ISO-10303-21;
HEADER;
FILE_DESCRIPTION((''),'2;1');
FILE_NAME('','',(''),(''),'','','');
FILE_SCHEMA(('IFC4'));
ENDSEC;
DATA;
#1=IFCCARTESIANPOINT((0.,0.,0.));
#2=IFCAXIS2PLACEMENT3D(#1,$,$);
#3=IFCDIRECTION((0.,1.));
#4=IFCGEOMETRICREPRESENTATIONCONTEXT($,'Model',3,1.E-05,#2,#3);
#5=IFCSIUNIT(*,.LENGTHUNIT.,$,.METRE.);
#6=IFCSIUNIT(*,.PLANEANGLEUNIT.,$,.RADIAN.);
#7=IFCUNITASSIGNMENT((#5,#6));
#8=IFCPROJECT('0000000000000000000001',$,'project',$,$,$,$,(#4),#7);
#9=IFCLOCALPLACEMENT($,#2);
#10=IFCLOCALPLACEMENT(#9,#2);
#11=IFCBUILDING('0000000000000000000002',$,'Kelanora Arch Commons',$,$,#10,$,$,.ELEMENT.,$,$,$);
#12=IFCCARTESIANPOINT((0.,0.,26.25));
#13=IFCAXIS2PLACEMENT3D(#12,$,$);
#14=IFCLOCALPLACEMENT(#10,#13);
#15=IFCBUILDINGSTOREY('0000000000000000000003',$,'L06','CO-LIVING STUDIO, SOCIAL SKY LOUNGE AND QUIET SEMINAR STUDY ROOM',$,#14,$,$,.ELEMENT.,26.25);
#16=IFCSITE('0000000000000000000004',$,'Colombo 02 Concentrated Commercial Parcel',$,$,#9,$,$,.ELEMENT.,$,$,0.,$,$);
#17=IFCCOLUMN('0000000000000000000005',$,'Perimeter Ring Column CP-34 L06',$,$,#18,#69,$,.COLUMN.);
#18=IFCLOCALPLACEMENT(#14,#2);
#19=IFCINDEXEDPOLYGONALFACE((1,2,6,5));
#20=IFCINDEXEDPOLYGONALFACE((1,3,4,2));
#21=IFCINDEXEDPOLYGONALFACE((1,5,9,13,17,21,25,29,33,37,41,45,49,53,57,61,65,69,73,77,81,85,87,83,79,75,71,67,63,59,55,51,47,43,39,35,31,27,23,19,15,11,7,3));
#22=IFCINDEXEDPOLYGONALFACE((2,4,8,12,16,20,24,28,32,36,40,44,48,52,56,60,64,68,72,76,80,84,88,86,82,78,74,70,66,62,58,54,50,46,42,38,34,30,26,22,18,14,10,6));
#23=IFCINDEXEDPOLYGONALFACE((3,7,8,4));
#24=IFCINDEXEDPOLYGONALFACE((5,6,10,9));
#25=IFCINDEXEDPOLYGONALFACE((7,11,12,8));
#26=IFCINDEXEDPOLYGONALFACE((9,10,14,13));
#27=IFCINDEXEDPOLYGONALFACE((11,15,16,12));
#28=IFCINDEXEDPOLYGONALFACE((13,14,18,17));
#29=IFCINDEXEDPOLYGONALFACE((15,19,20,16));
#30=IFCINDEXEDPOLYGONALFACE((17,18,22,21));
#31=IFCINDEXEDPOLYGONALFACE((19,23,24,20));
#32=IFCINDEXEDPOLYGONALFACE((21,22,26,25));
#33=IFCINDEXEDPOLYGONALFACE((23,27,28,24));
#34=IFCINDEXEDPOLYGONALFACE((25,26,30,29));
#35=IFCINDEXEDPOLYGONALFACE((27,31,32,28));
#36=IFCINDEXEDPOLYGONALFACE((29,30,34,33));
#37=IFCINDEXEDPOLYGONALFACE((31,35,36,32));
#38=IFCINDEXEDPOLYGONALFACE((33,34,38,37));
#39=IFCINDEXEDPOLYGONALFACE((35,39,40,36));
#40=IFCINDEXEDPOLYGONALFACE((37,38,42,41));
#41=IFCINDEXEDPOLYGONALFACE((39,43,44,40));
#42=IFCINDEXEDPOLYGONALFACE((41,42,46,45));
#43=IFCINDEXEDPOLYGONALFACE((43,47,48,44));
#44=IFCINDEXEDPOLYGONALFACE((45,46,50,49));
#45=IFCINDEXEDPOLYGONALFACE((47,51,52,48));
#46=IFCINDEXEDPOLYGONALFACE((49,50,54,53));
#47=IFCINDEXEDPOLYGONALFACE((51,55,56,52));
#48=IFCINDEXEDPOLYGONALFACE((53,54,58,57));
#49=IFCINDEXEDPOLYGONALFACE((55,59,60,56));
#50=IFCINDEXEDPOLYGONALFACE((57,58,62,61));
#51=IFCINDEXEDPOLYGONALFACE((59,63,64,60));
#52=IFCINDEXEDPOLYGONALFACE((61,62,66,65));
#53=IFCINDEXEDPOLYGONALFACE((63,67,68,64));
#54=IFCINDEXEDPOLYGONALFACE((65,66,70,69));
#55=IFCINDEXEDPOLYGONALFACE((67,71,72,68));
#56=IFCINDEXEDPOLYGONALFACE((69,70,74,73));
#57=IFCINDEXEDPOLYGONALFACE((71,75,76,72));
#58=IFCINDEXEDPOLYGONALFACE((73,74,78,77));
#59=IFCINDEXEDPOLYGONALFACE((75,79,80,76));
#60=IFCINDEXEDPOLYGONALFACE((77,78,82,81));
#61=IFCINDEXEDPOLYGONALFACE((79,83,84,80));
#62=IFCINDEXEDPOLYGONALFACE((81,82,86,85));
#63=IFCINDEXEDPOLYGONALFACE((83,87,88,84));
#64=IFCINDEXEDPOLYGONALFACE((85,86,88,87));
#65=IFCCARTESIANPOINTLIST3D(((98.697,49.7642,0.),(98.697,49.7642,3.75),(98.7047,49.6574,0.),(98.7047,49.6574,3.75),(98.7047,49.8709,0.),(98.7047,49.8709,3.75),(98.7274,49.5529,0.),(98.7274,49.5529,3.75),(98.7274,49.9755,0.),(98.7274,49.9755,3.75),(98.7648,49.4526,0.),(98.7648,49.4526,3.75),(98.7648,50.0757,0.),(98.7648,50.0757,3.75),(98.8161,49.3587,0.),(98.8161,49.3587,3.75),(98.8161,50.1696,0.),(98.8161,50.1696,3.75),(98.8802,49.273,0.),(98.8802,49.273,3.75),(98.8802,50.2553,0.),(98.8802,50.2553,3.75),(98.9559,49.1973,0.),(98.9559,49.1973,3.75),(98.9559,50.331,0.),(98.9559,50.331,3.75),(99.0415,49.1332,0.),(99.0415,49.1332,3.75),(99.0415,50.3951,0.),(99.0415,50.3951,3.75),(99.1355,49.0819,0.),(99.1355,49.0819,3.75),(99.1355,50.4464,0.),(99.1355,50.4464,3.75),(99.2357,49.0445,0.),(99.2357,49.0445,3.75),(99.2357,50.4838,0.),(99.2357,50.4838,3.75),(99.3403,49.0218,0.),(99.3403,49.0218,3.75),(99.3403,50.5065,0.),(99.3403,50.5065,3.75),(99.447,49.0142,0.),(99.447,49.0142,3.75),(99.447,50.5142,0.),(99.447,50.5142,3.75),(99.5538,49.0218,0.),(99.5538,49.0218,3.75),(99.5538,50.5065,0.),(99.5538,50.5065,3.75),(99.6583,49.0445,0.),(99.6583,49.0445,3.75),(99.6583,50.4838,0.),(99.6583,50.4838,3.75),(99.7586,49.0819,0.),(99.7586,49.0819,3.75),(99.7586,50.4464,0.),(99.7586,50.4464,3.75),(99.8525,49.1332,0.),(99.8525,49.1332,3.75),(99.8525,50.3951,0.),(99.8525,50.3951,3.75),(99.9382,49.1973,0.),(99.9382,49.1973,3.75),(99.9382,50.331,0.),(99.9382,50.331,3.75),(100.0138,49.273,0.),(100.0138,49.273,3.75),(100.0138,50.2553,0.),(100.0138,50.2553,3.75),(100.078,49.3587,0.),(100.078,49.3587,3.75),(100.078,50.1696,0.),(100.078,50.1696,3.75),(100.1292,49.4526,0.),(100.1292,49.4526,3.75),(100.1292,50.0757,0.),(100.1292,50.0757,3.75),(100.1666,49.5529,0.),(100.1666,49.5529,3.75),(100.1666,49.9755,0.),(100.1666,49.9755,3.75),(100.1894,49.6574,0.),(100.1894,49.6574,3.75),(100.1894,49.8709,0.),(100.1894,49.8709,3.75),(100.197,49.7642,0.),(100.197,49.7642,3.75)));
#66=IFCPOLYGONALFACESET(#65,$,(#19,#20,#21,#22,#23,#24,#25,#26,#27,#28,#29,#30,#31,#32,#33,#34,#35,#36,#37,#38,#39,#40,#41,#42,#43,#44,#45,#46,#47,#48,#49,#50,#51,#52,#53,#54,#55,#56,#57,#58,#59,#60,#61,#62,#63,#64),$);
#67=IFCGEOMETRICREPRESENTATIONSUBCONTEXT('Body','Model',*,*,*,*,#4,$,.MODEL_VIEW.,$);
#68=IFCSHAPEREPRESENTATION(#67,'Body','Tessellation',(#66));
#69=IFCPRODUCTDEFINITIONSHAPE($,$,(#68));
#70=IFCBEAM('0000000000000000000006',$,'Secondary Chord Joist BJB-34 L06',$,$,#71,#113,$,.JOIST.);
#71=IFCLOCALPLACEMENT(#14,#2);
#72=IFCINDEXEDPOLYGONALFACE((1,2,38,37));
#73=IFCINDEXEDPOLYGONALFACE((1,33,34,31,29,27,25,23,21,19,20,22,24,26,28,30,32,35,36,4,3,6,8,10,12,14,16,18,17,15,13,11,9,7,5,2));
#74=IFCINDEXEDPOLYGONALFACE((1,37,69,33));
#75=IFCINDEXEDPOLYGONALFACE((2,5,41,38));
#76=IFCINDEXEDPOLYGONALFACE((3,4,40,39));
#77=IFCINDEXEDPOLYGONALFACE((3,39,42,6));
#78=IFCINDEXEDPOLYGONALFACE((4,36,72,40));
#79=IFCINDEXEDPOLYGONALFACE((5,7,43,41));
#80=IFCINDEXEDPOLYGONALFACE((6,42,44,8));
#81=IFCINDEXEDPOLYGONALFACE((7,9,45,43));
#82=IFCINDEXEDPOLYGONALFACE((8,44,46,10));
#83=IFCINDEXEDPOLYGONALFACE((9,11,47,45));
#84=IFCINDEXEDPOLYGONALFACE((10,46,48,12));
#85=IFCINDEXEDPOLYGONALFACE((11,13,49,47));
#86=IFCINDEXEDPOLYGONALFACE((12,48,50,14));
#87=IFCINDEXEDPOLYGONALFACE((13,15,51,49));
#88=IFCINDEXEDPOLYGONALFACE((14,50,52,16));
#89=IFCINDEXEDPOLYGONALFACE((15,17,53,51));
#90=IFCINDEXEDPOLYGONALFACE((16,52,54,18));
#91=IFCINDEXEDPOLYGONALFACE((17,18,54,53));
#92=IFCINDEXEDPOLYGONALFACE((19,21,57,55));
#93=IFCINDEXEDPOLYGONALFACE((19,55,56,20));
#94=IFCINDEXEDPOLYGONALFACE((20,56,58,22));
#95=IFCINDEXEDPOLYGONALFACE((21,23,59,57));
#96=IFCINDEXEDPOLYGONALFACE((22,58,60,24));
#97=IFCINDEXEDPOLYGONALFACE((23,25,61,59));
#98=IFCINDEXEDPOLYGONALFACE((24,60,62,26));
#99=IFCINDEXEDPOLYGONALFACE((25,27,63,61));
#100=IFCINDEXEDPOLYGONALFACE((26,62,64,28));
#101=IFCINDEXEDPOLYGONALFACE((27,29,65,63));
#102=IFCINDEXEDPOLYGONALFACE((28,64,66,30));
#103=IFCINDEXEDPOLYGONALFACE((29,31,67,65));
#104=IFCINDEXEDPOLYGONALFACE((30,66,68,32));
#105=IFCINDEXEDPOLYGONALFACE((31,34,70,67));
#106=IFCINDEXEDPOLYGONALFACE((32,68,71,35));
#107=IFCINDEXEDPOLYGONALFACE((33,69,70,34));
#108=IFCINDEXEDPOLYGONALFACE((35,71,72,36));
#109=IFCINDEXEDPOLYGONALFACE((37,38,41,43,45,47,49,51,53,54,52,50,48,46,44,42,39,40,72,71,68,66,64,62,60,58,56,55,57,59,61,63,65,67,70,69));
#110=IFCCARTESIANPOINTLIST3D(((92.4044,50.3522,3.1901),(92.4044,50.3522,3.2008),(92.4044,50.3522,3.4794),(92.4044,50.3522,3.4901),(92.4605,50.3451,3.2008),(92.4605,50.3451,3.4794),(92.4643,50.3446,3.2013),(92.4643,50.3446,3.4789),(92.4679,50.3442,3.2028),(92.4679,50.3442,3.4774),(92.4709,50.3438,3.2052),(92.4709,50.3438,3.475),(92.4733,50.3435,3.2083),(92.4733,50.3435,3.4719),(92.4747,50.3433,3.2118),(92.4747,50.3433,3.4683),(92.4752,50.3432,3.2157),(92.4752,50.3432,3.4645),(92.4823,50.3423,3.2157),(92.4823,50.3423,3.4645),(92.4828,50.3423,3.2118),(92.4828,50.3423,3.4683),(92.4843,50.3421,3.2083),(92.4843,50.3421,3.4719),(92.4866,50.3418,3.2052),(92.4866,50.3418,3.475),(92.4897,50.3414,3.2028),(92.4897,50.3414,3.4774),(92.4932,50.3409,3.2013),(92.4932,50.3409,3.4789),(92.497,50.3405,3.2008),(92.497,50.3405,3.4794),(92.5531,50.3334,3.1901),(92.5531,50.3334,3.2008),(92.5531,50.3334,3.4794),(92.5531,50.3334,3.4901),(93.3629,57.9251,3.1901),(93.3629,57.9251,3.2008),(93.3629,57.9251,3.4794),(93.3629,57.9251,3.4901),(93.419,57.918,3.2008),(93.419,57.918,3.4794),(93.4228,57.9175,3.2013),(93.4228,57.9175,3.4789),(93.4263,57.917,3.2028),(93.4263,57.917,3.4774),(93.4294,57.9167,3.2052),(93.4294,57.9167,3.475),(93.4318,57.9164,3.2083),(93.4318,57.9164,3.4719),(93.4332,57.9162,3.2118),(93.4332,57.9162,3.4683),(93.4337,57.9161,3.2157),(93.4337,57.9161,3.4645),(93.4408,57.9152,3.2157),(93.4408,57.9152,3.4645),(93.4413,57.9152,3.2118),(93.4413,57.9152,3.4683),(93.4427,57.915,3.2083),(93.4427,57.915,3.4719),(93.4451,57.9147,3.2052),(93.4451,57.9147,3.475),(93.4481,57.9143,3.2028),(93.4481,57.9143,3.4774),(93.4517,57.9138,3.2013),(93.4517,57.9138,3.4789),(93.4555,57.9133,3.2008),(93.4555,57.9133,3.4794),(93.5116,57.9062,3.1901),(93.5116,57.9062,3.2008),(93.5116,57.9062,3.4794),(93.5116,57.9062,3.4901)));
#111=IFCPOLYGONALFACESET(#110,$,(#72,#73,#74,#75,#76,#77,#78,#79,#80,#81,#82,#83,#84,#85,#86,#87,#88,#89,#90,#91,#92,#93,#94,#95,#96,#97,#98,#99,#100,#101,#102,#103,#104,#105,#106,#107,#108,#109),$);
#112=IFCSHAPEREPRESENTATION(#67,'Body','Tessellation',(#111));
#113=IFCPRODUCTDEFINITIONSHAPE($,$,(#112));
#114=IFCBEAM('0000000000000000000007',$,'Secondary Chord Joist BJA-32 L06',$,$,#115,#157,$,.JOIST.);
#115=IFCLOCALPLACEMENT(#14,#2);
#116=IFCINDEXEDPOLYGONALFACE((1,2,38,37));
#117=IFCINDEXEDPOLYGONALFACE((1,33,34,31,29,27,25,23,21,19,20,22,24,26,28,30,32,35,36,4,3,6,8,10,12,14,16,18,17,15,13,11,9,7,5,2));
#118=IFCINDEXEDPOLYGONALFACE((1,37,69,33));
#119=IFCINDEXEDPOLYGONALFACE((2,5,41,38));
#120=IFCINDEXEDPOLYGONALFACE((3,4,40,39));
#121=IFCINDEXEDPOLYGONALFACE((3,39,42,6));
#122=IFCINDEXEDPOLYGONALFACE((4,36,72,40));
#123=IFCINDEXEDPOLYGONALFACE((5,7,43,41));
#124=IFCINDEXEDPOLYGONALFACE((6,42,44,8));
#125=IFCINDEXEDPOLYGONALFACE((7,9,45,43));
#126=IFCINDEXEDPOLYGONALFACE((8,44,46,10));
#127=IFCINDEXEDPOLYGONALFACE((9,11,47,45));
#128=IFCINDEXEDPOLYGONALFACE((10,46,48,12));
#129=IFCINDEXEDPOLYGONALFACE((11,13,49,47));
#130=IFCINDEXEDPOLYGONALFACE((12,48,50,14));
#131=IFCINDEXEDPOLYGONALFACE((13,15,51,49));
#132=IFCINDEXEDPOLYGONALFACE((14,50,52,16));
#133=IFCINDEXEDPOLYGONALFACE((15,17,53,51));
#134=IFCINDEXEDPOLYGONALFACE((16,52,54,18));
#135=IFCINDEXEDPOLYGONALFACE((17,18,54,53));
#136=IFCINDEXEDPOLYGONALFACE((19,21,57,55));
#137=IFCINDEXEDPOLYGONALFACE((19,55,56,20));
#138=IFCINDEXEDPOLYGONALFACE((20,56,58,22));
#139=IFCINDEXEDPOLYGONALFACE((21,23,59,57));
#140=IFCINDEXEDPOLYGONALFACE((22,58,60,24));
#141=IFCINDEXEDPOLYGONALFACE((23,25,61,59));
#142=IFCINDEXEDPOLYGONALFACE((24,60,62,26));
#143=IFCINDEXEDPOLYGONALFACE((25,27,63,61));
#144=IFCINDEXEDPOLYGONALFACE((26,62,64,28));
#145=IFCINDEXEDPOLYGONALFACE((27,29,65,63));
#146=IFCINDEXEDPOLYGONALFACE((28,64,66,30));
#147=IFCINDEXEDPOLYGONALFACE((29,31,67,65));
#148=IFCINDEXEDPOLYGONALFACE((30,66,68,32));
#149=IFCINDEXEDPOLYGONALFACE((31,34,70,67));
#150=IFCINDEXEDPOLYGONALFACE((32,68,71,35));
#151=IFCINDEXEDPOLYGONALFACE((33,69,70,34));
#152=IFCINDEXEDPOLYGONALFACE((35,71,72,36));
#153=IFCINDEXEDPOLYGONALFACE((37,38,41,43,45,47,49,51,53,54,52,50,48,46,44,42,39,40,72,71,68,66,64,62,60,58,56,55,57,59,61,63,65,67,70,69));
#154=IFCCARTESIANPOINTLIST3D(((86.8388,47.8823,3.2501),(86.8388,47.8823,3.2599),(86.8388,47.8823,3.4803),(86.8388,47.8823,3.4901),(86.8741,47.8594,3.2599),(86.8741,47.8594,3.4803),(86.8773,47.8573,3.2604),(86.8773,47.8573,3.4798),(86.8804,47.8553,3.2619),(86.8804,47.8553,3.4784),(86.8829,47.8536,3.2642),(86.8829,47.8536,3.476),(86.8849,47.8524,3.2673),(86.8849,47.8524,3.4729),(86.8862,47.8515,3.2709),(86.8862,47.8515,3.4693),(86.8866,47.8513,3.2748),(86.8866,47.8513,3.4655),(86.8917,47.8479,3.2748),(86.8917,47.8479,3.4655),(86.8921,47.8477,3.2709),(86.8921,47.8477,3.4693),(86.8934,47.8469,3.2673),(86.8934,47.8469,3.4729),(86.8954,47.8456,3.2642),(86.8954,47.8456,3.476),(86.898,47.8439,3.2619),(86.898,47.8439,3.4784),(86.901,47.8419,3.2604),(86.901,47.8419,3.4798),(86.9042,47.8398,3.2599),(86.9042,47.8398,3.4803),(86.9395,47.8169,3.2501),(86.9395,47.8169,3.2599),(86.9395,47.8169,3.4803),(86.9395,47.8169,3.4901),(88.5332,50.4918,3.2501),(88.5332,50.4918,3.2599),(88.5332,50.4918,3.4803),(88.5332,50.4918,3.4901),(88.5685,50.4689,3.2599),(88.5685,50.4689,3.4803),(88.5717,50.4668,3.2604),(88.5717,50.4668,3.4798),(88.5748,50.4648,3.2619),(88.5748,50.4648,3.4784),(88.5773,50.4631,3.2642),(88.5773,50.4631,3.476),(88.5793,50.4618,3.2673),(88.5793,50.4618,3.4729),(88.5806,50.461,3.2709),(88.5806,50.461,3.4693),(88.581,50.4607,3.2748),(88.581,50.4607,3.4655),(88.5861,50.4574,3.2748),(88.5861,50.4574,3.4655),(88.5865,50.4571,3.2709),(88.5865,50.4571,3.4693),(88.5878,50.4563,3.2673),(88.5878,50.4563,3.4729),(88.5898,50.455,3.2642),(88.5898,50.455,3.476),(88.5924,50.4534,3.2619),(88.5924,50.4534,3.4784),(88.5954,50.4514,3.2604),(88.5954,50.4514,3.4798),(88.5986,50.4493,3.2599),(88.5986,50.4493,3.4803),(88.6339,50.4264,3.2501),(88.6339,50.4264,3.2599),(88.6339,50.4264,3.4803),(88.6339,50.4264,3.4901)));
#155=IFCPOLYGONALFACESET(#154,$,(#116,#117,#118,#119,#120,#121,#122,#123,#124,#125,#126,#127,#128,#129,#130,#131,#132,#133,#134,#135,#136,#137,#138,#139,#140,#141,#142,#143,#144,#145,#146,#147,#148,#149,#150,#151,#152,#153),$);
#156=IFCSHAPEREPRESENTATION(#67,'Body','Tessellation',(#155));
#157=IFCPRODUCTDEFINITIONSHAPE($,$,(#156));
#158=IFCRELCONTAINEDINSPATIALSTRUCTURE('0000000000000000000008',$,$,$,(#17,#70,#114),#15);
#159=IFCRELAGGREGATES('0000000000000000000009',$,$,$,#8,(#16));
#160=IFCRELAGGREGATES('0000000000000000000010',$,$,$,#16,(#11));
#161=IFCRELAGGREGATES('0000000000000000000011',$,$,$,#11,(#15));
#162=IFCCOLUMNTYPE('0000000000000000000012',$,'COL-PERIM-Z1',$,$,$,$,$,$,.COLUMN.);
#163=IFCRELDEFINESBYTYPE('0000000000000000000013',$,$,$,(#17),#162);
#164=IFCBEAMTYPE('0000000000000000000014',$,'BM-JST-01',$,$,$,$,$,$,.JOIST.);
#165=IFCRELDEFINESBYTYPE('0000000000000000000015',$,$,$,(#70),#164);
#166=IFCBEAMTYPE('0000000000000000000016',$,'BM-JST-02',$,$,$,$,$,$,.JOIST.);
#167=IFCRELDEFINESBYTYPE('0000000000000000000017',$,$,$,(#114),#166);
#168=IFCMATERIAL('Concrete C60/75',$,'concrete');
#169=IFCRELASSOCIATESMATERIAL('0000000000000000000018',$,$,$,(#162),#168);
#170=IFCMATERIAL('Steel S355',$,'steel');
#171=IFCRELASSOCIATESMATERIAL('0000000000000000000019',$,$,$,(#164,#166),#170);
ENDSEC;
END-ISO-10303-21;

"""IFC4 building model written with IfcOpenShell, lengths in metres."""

from ifc_helpers import new_model, si_unit, direction, frame, origin, origin_2d, place, context, subcontext, project, spatial, circle, i_section, extrude, material, material_profile, profile_set, type_object, element, save


model = new_model("IFC4")

# Units and contexts
model_context = context("Model", 3, precision=1e-05, world=origin(), true_north=direction((0.0, 1.0)))
body_context = subcontext(model_context, "Body", "Model", "MODEL_VIEW")
ifc_project = project(units=[si_unit("LENGTHUNIT", "METRE"), si_unit("PLANEANGLEUNIT", "RADIAN")], contexts=[model_context])

# Site, building, storey
site_placement = place(None, origin())
site = spatial("IfcSite", under=ifc_project, at=site_placement, Name="Colombo 02 Concentrated Commercial Parcel", CompositionType="ELEMENT", RefElevation=0.0)
building_placement = place(site_placement, origin())
building = spatial("IfcBuilding", under=site, at=building_placement, Name="Kelanora Arch Commons", CompositionType="ELEMENT")
storey_placement = place(building_placement, frame((0.0, 0.0, 26.25)))
storey = spatial("IfcBuildingStorey", under=building, at=storey_placement, Name="L06", Description="CO-LIVING STUDIO, SOCIAL SKY LOUNGE AND QUIET SEMINAR STUDY ROOM", CompositionType="ELEMENT", Elevation=26.25)

# Column
ifc_material_1 = material(Name="Concrete C60/75", Category="concrete")
ifc_material_profile_1 = material_profile(ifc_material_1, circle(Radius=0.75, at=origin_2d()), Name="RCC1500")
ifc_profile_set_1 = profile_set([ifc_material_profile_1], Name="Concrete C60/75")
column_type = type_object("IfcColumnType", Name="COL-PERIM-Z1", PredefinedType="COLUMN", material=ifc_profile_set_1)
column_placement = place(storey_placement, frame((99.447, 49.7642, 0.0), z_axis=(0.0, 0.0, 1.0), x_axis=(1.0, 0.0, 0.0)))
element("IfcColumn", 1, at=column_placement, inside=storey, type_object=column_type, Name="Perimeter Ring Column CP-34 L06", PredefinedType="COLUMN", context=body_context, shape_type="SweptSolid", body=[
    extrude(circle(Radius=0.75, at=origin_2d()), origin(), (0.0, 0.0, 1.0), 3.75),
])

# Beams
ifc_material_2 = material(Name="Steel S355", Category="steel")
ifc_material_profile_2 = material_profile(ifc_material_2, i_section(OverallWidth=0.1499, OverallDepth=0.3, WebThickness=0.0071, FlangeThickness=0.0107, FilletRadius=0.0149, at=origin_2d()), Name="IPE300")
ifc_profile_set_2 = profile_set([ifc_material_profile_2], Name="Steel S355")
beam_type_1 = type_object("IfcBeamType", Name="BM-JST-01", PredefinedType="JOIST", material=ifc_profile_set_2)
beam_1_placement = place(storey_placement, frame((92.4788, 50.3428, 3.3401), z_axis=(0.125566, 0.992085, 0.0), x_axis=(-0.992085, 0.125566, 0.0)))
element("IfcBeam", 2, at=beam_1_placement, inside=storey, type_object=beam_type_1, Name="Secondary Chord Joist BJB-34 L06", PredefinedType="JOIST", context=body_context, shape_type="SweptSolid", body=[
    extrude(i_section(OverallWidth=0.1499, OverallDepth=0.3, WebThickness=0.0071, FlangeThickness=0.0107, FilletRadius=0.0149, at=origin_2d()), origin(), (0.0, 0.0, 1.0), 7.6333),
])
ifc_material_profile_3 = material_profile(ifc_material_2, i_section(OverallWidth=0.1201, OverallDepth=0.24, WebThickness=0.0061, FlangeThickness=0.0098, FilletRadius=0.0149, at=origin_2d()), Name="IPE240")
ifc_profile_set_3 = profile_set([ifc_material_profile_3], Name="Steel S355")
beam_type_2 = type_object("IfcBeamType", Name="BM-JST-02", PredefinedType="JOIST", material=ifc_profile_set_3)
beam_2_placement = place(storey_placement, frame((86.8892, 47.8496, 3.3701), z_axis=(0.544591, 0.838702, 0.0), x_axis=(-0.838702, 0.544591, 0.0)))
element("IfcBeam", 3, at=beam_2_placement, inside=storey, type_object=beam_type_2, Name="Secondary Chord Joist BJA-32 L06", PredefinedType="JOIST", context=body_context, shape_type="SweptSolid", body=[
    extrude(i_section(OverallWidth=0.1201, OverallDepth=0.24, WebThickness=0.0061, FlangeThickness=0.0098, FilletRadius=0.0149, at=origin_2d()), origin(), (0.0, 0.0, 1.0), 3.1113),
])

save(model, "model.ifc")
